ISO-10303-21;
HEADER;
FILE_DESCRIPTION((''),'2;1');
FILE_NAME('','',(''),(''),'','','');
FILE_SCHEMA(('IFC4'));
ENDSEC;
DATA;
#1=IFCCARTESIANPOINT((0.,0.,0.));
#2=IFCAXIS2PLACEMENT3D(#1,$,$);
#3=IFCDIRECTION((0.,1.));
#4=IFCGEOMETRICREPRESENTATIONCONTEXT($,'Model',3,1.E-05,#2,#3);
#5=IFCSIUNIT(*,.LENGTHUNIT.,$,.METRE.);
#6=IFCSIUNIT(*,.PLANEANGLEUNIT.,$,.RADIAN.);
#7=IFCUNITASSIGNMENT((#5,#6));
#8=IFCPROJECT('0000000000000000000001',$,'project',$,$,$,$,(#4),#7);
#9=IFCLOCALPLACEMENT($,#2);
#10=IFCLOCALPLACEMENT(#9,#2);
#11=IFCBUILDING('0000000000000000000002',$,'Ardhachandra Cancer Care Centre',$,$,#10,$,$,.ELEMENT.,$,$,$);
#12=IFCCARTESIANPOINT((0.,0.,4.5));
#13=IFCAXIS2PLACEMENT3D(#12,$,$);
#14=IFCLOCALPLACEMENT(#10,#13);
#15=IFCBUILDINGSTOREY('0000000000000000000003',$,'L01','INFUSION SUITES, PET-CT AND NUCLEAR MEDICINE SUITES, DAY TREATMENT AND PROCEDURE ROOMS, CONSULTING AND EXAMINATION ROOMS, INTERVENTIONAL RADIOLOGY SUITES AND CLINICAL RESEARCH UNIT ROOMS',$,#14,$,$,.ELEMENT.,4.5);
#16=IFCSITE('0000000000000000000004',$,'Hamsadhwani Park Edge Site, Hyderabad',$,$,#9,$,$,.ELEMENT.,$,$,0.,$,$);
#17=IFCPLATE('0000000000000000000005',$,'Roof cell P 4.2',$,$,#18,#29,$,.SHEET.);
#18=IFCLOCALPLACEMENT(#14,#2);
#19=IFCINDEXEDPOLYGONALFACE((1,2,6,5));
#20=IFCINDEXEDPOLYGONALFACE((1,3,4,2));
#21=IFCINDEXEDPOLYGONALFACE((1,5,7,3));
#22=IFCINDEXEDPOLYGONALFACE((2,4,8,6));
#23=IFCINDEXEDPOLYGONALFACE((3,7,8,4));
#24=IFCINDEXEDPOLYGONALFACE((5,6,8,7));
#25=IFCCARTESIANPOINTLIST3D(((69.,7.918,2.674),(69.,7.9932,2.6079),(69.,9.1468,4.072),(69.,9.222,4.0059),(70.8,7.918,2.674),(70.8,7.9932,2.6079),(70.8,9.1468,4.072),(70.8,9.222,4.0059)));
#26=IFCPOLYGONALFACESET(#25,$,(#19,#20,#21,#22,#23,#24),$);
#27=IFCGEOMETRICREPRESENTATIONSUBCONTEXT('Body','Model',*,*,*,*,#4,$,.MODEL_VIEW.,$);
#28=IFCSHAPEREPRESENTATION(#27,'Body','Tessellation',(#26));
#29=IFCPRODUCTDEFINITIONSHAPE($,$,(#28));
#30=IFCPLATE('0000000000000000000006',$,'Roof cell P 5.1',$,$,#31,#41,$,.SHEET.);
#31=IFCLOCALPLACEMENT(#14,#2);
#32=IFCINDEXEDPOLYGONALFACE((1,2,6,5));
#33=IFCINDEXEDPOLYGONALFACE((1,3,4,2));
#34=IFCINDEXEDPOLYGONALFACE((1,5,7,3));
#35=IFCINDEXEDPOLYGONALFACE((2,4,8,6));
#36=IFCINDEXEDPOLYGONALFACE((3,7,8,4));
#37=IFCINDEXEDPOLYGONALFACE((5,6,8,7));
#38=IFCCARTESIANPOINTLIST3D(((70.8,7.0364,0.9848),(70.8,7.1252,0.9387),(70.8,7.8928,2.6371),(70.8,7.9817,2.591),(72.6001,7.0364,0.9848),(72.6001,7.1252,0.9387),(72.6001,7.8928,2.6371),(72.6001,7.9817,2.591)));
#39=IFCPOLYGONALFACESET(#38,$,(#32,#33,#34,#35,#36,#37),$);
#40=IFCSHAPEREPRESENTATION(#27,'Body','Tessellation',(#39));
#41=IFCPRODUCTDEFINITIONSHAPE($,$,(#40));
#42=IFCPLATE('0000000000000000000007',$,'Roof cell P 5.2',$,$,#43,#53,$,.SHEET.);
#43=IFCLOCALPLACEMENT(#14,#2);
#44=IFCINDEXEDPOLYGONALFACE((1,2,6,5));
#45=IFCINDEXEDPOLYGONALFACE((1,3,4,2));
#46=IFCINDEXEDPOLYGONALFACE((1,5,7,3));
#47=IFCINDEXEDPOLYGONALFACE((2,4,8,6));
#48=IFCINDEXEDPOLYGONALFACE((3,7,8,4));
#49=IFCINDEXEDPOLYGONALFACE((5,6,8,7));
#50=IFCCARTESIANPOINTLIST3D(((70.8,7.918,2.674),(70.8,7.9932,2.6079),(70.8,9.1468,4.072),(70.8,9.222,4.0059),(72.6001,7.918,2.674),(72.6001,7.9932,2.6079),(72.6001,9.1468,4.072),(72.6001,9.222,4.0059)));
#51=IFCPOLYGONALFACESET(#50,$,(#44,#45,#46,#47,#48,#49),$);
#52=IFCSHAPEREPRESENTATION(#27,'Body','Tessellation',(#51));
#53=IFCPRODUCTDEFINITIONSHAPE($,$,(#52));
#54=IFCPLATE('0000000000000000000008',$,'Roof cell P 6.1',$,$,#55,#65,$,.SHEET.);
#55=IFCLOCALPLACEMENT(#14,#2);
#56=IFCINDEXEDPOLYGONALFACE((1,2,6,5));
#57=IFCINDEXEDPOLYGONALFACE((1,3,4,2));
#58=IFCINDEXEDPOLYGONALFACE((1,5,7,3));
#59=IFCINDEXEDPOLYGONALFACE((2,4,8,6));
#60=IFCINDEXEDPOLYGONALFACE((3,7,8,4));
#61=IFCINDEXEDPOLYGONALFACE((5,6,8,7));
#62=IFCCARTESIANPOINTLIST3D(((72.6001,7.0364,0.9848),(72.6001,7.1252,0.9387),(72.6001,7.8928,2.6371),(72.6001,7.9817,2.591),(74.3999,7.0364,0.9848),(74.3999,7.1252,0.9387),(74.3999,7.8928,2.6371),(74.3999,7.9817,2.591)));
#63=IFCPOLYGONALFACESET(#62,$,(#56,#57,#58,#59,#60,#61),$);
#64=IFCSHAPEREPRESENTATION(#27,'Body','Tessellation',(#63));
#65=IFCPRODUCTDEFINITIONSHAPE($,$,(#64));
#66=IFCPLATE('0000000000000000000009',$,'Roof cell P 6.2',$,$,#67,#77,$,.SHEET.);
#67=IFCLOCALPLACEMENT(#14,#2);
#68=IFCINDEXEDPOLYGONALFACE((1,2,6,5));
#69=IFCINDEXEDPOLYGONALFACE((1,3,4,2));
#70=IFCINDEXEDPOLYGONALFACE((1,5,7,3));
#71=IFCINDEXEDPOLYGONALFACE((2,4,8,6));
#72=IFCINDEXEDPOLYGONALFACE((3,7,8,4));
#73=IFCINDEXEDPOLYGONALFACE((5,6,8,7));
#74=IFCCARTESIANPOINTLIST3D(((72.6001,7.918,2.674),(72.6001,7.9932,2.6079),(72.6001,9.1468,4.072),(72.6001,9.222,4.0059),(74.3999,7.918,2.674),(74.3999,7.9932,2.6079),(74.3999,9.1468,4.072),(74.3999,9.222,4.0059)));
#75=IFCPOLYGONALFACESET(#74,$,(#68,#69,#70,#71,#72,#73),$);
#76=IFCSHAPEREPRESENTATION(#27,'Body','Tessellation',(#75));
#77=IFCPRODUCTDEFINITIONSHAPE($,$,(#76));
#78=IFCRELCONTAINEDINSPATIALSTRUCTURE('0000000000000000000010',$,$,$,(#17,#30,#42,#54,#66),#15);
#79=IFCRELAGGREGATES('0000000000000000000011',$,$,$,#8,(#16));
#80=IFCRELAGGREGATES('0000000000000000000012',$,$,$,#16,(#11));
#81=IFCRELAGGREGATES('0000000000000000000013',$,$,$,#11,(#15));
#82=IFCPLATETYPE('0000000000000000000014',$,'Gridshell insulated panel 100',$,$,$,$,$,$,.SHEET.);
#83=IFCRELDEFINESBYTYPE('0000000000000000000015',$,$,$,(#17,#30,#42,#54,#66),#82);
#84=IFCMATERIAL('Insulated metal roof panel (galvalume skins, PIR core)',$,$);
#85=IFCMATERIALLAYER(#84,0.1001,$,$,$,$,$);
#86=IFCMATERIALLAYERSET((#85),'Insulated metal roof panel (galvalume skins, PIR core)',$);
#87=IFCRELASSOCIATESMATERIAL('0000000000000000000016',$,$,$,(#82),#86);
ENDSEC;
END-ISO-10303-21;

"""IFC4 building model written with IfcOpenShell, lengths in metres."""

from ifc_helpers import new_model, si_unit, direction, frame, origin, place, context, subcontext, project, spatial, polyline, outline, extrude, material, layer, layer_set, type_object, element, save


model = new_model("IFC4")

# Units and contexts
model_context = context("Model", 3, precision=1e-05, world=origin(), true_north=direction((0.0, 1.0)))
body_context = subcontext(model_context, "Body", "Model", "MODEL_VIEW")
ifc_project = project(units=[si_unit("LENGTHUNIT", "METRE"), si_unit("PLANEANGLEUNIT", "RADIAN")], contexts=[model_context])

# Site, building, storey
site_placement = place(None, origin())
site = spatial("IfcSite", under=ifc_project, at=site_placement, Name="Hamsadhwani Park Edge Site, Hyderabad", CompositionType="ELEMENT", RefElevation=0.0)
building_placement = place(site_placement, origin())
building = spatial("IfcBuilding", under=site, at=building_placement, Name="Ardhachandra Cancer Care Centre", CompositionType="ELEMENT")
storey_placement = place(building_placement, frame((0.0, 0.0, 4.5)))
storey = spatial("IfcBuildingStorey", under=building, at=storey_placement, Name="L01", Description="INFUSION SUITES, PET-CT AND NUCLEAR MEDICINE SUITES, DAY TREATMENT AND PROCEDURE ROOMS, CONSULTING AND EXAMINATION ROOMS, INTERVENTIONAL RADIOLOGY SUITES AND CLINICAL RESEARCH UNIT ROOMS", CompositionType="ELEMENT", Elevation=4.5)

# Plates
ifc_material_1 = material(Name="Insulated metal roof panel (galvalume skins, PIR core)")
ifc_layer_1 = layer(ifc_material_1, 0.1001)
ifc_layer_set_1 = layer_set([ifc_layer_1], Name="Insulated metal roof panel (galvalume skins, PIR core)")
plate_type_1 = type_object("IfcPlateType", Name="Gridshell insulated panel 100", PredefinedType="SHEET", material=ifc_layer_set_1)
plate_1_placement = place(storey_placement, frame((69.0, 7.9932, 2.6079), z_axis=(0.0, -0.751096, 0.660193), x_axis=(1.0, 0.0, 0.0)))
element("IfcPlate", 1, at=plate_1_placement, inside=storey, type_object=plate_type_1, Name="Roof cell P 4.2", PredefinedType="SHEET", context=body_context, shape_type="SweptSolid", body=[
    extrude(outline(polyline([(0.0, 0.0), (1.8, 0.0), (1.8, 1.8613), (0.0, 1.8613), (0.0, 0.0)])), origin(), (0.0, 0.0, 1.0), 0.1001),
])
plate_2_placement = place(storey_placement, frame((70.8, 7.1252, 0.9387), z_axis=(0.0, -0.887826, 0.460179), x_axis=(1.0, 0.0, 0.0)))
element("IfcPlate", 2, at=plate_2_placement, inside=storey, type_object=plate_type_1, Name="Roof cell P 5.1", PredefinedType="SHEET", context=body_context, shape_type="SweptSolid", body=[
    extrude(outline(polyline([(0.0, 0.0), (1.8, 0.0), (1.8, 1.8611), (0.0, 1.8611), (0.0, 0.0)])), origin(), (0.0, 0.0, 1.0), 0.1001),
])
plate_3_placement = place(storey_placement, frame((70.8, 7.9932, 2.6079), z_axis=(0.0, -0.751096, 0.660193), x_axis=(1.0, 0.0, 0.0)))
element("IfcPlate", 3, at=plate_3_placement, inside=storey, type_object=plate_type_1, Name="Roof cell P 5.2", PredefinedType="SHEET", context=body_context, shape_type="SweptSolid", body=[
    extrude(outline(polyline([(0.0, 0.0), (1.8, 0.0), (1.8, 1.8613), (0.0, 1.8613), (0.0, 0.0)])), origin(), (0.0, 0.0, 1.0), 0.1001),
])
plate_4_placement = place(storey_placement, frame((72.6001, 7.1252, 0.9387), z_axis=(0.0, -0.887826, 0.460179), x_axis=(1.0, 0.0, 0.0)))
element("IfcPlate", 4, at=plate_4_placement, inside=storey, type_object=plate_type_1, Name="Roof cell P 6.1", PredefinedType="SHEET", context=body_context, shape_type="SweptSolid", body=[
    extrude(outline(polyline([(0.0, 0.0), (1.7998, 0.0), (1.7998, 1.8611), (0.0, 1.8611), (0.0, 0.0)])), origin(), (0.0, 0.0, 1.0), 0.1001),
])
plate_5_placement = place(storey_placement, frame((72.6001, 7.9932, 2.6079), z_axis=(0.0, -0.751096, 0.660193), x_axis=(1.0, 0.0, 0.0)))
element("IfcPlate", 5, at=plate_5_placement, inside=storey, type_object=plate_type_1, Name="Roof cell P 6.2", PredefinedType="SHEET", context=body_context, shape_type="SweptSolid", body=[
    extrude(outline(polyline([(0.0, 0.0), (1.7998, 0.0), (1.7998, 1.8613), (0.0, 1.8613), (0.0, 0.0)])), origin(), (0.0, 0.0, 1.0), 0.1001),
])

save(model, "model.ifc")
